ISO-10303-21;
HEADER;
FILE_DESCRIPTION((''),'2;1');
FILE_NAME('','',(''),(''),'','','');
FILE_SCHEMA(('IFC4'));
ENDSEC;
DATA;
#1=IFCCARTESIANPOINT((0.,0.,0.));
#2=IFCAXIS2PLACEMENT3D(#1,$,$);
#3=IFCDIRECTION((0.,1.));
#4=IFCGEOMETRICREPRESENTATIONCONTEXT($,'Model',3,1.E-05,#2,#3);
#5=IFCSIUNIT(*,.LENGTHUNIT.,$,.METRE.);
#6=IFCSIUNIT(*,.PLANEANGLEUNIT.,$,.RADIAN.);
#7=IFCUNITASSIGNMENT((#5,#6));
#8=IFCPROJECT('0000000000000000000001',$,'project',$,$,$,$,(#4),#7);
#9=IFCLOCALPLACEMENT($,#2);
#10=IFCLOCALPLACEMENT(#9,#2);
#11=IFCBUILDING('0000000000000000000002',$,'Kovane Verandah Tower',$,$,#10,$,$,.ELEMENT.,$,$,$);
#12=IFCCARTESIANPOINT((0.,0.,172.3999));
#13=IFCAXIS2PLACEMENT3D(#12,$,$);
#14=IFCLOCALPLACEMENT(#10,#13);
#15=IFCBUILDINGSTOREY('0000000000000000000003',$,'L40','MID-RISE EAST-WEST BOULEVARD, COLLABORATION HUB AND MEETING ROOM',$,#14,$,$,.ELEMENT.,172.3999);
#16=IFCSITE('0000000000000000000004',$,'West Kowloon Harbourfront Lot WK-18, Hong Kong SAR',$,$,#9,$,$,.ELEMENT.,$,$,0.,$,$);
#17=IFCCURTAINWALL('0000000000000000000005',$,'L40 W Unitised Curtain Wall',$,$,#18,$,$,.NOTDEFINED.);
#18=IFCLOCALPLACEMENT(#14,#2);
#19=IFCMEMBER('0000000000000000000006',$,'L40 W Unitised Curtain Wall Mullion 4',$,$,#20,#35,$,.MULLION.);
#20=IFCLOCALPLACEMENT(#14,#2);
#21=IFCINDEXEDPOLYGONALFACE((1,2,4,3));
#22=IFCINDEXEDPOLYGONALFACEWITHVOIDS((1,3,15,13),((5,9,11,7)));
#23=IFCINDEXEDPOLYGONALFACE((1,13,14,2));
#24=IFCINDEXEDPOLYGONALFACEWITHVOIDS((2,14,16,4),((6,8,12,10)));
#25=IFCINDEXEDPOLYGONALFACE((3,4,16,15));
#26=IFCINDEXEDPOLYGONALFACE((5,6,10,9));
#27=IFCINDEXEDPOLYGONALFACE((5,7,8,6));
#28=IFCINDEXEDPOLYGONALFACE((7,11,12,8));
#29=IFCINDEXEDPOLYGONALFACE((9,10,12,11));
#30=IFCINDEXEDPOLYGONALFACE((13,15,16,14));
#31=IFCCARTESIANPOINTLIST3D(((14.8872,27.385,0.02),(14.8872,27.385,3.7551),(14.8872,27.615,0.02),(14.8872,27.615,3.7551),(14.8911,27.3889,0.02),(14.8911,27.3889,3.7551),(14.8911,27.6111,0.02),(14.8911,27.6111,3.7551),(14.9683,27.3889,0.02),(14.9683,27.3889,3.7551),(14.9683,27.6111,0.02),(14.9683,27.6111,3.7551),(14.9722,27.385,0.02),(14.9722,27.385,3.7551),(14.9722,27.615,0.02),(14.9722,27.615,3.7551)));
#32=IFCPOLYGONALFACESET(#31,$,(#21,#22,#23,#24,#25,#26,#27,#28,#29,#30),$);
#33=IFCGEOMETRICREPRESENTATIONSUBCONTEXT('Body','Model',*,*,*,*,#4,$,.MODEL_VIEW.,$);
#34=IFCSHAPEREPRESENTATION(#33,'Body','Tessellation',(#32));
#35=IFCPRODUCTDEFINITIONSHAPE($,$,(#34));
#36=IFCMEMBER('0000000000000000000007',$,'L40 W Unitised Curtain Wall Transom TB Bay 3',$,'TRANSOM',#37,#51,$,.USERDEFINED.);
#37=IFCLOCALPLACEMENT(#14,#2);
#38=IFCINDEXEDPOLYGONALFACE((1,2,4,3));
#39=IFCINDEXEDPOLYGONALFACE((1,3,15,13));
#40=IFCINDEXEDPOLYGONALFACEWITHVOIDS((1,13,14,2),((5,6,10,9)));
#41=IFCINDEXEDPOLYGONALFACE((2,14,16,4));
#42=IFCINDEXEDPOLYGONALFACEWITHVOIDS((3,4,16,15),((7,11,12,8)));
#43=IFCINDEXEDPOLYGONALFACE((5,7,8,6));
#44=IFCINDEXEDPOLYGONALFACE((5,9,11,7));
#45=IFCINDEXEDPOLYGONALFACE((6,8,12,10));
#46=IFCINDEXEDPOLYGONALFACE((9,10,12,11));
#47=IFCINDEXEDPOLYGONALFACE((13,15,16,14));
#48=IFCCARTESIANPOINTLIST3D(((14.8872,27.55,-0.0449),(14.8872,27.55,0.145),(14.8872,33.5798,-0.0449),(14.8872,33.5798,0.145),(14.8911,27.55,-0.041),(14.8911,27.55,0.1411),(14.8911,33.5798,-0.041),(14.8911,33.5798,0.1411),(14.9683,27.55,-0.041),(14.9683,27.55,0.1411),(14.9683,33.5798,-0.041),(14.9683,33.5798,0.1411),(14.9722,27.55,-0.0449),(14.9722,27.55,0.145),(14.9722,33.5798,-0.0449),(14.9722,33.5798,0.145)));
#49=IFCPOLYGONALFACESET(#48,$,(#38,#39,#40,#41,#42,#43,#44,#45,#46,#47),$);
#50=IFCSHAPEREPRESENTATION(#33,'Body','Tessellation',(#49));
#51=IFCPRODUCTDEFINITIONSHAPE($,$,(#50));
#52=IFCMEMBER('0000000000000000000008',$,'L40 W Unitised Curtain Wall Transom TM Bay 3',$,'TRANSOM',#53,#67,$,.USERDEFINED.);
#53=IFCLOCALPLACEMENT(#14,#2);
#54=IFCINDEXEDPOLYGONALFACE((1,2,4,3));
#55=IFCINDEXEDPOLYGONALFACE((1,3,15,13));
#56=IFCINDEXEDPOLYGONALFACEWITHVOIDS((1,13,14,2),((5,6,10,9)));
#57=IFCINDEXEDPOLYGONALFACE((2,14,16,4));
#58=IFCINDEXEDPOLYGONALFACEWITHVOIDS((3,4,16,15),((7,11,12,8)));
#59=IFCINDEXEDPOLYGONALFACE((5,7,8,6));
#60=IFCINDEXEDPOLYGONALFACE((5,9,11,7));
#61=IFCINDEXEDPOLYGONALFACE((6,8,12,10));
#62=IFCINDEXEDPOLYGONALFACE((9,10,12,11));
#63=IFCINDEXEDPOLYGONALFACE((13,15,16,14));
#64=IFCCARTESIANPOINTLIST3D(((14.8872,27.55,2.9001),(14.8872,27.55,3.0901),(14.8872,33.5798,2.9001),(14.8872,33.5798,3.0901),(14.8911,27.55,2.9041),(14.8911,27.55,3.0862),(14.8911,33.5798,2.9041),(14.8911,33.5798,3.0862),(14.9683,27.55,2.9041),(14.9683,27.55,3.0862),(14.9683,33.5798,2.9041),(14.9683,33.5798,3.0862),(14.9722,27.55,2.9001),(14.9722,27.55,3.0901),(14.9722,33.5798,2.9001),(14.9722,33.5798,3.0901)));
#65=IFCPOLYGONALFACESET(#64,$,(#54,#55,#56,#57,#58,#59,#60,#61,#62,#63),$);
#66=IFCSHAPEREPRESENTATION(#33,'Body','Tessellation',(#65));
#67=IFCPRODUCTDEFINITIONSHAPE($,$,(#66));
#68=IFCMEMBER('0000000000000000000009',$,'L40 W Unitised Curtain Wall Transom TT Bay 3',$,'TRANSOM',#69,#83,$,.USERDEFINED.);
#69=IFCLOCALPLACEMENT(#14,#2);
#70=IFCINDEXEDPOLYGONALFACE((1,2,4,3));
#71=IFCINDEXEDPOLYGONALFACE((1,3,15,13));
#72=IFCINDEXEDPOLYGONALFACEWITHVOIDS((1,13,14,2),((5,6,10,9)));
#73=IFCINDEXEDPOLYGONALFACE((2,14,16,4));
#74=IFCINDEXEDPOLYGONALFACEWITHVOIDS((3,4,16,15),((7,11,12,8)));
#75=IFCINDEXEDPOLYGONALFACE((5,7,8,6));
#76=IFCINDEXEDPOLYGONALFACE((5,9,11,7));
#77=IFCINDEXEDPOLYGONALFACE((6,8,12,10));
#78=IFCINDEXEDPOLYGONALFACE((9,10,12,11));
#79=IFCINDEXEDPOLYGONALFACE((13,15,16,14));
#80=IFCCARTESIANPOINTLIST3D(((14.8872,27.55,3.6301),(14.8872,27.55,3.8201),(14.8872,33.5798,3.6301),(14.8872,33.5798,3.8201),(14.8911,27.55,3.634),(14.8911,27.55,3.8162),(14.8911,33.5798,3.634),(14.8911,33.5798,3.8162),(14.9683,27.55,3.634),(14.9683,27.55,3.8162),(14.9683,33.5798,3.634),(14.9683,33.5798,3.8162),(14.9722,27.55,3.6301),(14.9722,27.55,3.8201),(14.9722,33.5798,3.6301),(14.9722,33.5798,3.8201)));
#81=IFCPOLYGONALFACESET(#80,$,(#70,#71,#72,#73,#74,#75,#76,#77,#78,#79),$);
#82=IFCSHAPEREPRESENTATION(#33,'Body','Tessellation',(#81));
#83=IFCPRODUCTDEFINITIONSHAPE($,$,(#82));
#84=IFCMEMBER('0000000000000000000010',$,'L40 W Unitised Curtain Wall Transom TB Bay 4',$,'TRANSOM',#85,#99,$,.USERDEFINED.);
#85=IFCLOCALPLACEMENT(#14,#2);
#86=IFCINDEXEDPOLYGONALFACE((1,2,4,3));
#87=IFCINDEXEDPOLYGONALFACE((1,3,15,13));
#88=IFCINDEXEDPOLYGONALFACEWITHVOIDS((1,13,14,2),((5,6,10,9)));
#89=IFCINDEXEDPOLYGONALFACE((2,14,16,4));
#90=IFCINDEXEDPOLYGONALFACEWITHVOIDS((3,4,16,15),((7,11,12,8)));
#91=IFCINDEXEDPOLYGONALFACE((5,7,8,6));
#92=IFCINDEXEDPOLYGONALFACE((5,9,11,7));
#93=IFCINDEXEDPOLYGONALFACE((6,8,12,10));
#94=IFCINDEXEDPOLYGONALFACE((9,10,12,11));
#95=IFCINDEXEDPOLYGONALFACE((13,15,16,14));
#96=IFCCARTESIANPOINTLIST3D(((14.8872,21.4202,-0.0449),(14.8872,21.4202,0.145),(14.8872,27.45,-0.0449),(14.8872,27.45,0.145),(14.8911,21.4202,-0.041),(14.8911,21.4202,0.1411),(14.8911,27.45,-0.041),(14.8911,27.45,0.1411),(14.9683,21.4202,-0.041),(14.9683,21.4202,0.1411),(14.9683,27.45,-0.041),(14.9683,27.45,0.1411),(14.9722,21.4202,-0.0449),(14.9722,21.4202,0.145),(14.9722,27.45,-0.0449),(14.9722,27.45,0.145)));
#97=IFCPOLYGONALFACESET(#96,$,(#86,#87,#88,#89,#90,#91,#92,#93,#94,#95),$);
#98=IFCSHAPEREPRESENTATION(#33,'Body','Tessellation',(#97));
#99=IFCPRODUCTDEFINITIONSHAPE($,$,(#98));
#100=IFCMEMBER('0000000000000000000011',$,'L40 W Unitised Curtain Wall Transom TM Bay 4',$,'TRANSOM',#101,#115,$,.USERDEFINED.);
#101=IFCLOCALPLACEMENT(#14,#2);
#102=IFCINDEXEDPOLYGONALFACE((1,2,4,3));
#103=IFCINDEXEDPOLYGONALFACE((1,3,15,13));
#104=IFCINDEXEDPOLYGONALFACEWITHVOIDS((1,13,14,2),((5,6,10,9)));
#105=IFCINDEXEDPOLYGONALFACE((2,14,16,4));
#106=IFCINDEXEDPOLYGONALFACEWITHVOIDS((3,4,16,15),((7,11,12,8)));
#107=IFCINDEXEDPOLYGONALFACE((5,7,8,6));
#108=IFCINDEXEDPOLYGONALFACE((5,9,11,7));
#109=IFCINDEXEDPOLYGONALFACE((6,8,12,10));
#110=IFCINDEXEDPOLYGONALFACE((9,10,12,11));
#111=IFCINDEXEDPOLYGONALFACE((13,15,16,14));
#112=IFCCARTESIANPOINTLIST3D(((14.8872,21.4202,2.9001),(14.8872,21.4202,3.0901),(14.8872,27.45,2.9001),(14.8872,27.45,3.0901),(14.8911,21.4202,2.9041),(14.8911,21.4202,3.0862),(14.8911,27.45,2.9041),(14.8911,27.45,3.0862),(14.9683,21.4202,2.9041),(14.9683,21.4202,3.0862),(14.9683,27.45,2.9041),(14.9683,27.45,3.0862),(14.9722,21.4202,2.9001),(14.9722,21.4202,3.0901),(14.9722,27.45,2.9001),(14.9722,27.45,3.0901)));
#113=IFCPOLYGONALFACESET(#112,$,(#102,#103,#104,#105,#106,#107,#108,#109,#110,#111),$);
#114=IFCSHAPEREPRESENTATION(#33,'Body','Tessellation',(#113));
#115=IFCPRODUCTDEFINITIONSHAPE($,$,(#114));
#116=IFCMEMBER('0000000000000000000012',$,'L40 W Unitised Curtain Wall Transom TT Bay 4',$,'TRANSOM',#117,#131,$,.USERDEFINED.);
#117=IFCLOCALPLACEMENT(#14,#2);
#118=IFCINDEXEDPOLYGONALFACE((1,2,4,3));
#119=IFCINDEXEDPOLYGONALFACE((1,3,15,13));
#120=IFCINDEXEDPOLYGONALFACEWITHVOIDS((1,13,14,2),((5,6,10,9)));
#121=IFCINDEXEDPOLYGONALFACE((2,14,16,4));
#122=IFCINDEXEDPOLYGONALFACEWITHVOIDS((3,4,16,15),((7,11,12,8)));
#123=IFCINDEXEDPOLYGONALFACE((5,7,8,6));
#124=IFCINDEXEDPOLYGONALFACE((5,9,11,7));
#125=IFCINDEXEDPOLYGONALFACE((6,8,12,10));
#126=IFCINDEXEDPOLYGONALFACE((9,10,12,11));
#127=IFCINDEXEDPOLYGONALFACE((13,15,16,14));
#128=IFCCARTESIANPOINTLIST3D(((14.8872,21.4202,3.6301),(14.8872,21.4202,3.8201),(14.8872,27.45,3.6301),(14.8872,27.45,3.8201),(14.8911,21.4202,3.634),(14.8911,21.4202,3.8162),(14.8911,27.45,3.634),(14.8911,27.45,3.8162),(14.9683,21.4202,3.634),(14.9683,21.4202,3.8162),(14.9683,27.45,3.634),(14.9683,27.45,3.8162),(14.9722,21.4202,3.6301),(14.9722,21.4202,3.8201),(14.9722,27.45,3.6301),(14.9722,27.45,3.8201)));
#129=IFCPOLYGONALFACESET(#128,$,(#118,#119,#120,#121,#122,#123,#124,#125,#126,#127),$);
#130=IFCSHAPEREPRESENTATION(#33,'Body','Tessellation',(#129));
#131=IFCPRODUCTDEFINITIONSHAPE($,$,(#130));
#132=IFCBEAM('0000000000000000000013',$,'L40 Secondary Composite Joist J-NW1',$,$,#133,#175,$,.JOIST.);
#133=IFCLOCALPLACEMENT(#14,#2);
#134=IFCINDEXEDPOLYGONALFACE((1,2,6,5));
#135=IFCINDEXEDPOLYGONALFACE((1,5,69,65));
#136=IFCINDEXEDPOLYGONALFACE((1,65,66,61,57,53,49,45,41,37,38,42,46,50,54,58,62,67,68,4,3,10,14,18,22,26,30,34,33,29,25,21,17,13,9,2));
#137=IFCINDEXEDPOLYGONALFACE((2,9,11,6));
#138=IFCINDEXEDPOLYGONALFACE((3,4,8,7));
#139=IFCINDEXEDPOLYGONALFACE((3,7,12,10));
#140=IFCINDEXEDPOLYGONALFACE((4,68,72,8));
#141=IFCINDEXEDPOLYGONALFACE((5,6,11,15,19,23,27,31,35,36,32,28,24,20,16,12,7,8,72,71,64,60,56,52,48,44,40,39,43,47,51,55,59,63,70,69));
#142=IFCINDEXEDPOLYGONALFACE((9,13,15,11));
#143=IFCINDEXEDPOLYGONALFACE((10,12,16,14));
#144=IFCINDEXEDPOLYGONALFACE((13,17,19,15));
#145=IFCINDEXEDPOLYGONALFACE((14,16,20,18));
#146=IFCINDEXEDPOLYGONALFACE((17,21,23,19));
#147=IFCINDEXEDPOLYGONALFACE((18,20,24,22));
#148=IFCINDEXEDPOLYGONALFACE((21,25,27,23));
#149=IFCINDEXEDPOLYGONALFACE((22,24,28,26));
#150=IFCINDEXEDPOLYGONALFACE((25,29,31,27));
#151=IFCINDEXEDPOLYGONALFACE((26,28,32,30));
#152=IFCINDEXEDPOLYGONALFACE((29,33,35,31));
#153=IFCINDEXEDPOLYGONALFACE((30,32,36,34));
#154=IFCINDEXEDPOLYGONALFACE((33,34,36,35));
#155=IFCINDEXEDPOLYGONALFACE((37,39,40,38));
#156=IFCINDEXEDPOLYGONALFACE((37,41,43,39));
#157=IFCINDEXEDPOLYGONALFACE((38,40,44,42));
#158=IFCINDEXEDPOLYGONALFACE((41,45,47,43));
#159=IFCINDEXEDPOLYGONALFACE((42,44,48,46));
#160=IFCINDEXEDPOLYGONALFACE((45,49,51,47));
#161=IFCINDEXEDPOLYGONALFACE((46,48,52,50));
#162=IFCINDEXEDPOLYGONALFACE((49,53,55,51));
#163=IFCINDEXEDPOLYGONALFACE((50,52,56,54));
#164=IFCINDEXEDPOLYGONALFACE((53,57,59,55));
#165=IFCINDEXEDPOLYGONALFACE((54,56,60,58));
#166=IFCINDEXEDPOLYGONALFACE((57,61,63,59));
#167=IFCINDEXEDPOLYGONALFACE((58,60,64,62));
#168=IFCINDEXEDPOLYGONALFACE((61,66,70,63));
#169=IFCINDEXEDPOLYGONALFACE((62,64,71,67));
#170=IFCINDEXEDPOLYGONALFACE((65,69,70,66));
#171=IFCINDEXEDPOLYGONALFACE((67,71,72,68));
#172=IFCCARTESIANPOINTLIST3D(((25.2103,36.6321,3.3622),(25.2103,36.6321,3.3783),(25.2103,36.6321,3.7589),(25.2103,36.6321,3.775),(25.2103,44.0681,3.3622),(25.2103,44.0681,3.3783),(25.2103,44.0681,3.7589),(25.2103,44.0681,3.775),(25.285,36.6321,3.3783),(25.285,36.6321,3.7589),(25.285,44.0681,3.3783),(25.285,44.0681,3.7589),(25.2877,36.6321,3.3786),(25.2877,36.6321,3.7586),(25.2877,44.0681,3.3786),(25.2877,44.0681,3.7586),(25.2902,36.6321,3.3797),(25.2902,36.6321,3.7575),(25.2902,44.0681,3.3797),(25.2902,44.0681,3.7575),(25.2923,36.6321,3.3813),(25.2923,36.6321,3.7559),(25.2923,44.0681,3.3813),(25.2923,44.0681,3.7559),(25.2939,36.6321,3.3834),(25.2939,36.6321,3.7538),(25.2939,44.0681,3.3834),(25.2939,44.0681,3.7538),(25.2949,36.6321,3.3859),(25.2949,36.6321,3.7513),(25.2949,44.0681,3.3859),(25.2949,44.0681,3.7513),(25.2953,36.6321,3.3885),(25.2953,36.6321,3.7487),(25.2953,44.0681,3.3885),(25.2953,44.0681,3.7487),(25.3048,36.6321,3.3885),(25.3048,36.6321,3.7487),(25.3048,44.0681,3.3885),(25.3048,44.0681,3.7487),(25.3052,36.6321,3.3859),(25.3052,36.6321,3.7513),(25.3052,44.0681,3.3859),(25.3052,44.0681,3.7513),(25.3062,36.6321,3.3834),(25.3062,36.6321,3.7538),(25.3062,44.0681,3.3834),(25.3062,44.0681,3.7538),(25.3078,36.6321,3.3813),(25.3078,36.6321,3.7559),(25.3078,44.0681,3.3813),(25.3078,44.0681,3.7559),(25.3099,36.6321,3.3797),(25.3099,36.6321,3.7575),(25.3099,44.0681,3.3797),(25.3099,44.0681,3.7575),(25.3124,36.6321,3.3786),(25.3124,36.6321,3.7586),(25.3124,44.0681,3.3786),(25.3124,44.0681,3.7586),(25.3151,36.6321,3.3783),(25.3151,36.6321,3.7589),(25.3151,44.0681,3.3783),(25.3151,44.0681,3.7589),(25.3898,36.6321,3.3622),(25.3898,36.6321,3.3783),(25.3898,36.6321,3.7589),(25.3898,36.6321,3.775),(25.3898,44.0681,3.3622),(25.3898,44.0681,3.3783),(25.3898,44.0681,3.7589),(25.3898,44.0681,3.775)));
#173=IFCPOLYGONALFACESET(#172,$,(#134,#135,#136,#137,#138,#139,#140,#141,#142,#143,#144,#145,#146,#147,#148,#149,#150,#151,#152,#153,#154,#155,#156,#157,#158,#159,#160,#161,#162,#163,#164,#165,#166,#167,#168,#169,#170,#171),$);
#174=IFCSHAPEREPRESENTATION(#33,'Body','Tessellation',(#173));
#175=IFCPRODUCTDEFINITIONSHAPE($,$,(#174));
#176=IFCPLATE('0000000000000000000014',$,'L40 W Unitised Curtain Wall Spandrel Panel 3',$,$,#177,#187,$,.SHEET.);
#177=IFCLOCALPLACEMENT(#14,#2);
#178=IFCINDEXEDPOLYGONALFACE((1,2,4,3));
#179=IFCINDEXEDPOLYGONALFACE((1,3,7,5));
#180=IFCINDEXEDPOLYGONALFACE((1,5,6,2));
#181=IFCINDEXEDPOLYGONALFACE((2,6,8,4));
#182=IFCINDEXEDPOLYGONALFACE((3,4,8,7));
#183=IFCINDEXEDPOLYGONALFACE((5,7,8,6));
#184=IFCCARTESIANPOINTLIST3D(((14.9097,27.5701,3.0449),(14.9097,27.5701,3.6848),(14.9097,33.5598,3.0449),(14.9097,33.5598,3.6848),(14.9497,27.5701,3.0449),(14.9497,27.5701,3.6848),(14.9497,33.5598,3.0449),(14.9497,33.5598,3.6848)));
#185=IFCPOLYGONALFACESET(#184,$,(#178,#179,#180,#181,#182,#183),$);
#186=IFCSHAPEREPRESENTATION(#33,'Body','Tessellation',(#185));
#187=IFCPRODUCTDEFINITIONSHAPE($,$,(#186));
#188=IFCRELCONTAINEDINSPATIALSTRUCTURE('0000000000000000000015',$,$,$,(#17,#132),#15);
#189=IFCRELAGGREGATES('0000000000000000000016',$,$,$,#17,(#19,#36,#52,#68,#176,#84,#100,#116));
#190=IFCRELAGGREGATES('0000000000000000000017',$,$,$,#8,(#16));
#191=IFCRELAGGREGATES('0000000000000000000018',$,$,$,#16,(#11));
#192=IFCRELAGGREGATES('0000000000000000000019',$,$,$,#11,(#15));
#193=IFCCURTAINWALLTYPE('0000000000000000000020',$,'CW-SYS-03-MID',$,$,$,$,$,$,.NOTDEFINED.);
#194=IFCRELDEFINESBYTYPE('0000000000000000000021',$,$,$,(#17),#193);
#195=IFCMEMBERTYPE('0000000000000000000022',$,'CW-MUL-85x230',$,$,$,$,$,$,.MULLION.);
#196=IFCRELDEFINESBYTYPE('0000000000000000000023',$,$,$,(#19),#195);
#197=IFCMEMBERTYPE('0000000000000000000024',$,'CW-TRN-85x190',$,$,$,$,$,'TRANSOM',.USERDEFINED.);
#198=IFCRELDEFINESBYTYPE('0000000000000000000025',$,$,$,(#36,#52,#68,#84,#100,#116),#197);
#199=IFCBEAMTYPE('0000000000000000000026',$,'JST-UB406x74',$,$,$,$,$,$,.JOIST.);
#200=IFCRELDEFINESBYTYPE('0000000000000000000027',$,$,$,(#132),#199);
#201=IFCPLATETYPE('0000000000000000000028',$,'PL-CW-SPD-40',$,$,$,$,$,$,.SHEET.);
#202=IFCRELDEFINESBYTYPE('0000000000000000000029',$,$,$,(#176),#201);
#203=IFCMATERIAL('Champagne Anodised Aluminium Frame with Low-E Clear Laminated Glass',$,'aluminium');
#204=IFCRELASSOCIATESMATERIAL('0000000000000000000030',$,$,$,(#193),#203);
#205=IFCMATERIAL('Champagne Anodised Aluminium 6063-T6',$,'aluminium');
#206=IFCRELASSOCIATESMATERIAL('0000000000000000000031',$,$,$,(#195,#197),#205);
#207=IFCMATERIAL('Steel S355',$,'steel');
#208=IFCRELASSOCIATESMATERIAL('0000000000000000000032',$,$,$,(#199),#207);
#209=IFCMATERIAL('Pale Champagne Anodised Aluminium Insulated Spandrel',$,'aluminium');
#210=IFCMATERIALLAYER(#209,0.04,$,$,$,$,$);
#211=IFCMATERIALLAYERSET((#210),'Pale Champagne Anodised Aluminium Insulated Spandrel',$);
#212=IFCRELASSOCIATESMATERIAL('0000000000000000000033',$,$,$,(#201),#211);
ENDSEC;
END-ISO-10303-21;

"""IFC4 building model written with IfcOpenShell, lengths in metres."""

from ifc_helpers import new_model, si_unit, direction, frame, origin, origin_2d, place, context, subcontext, project, spatial, rectangle, hollow_rectangle, i_section, extrude, material, layer, layer_set, material_profile, profile_set, type_object, element, aggregate, save


model = new_model("IFC4")

# Units and contexts
model_context = context("Model", 3, precision=1e-05, world=origin(), true_north=direction((0.0, 1.0)))
body_context = subcontext(model_context, "Body", "Model", "MODEL_VIEW")
ifc_project = project(units=[si_unit("LENGTHUNIT", "METRE"), si_unit("PLANEANGLEUNIT", "RADIAN")], contexts=[model_context])

# Site, building, storey
site_placement = place(None, origin())
site = spatial("IfcSite", under=ifc_project, at=site_placement, Name="West Kowloon Harbourfront Lot WK-18, Hong Kong SAR", CompositionType="ELEMENT", RefElevation=0.0)
building_placement = place(site_placement, origin())
building = spatial("IfcBuilding", under=site, at=building_placement, Name="Kovane Verandah Tower", CompositionType="ELEMENT")
storey_placement = place(building_placement, frame((0.0, 0.0, 172.3999)))
storey = spatial("IfcBuildingStorey", under=building, at=storey_placement, Name="L40", Description="MID-RISE EAST-WEST BOULEVARD, COLLABORATION HUB AND MEETING ROOM", CompositionType="ELEMENT", Elevation=172.3999)

# Shared definitions
ifc_material_1 = material(Name="Steel S355", Category="steel")

# Curtain wall, members
ifc_material_2 = material(Name="Champagne Anodised Aluminium Frame with Low-E Clear Laminated Glass", Category="aluminium")
curtain_wall_type = type_object("IfcCurtainWallType", Name="CW-SYS-03-MID", PredefinedType="NOTDEFINED", material=ifc_material_2)
curtain_wall_placement = place(storey_placement, origin())
curtain_wall = element("IfcCurtainWall", 1, at=curtain_wall_placement, inside=storey, type_object=curtain_wall_type, Name="L40 W Unitised Curtain Wall", PredefinedType="NOTDEFINED")
ifc_material_3 = material(Name="Champagne Anodised Aluminium 6063-T6", Category="aluminium")
ifc_material_profile_1 = material_profile(ifc_material_3, hollow_rectangle(XDim=0.085, YDim=0.23, WallThickness=0.0039, at=origin_2d()), Name="AL85x230x4")
ifc_profile_set_1 = profile_set([ifc_material_profile_1], Name="Champagne Anodised Aluminium 6063-T6")
member_type_1 = type_object("IfcMemberType", Name="CW-MUL-85x230", PredefinedType="MULLION", material=ifc_profile_set_1)
member_1_placement = place(storey_placement, frame((14.9297, 27.5, 0.02), z_axis=(0.0, 0.0, 1.0), x_axis=(-1.0, 0.0, 0.0)))
member_1 = element("IfcMember", 2, at=member_1_placement, type_object=member_type_1, Name="L40 W Unitised Curtain Wall Mullion 4", PredefinedType="MULLION", context=body_context, shape_type="SweptSolid", body=[
    extrude(hollow_rectangle(XDim=0.085, YDim=0.23, WallThickness=0.0039, at=origin_2d()), origin(), (0.0, 0.0, 1.0), 3.7351),
])
ifc_material_profile_2 = material_profile(ifc_material_3, hollow_rectangle(XDim=0.085, YDim=0.1899, WallThickness=0.0039, at=origin_2d()), Name="AL85x190x4")
ifc_profile_set_2 = profile_set([ifc_material_profile_2], Name="Champagne Anodised Aluminium 6063-T6")
member_type_2 = type_object("IfcMemberType", Name="CW-TRN-85x190", ElementType="TRANSOM", PredefinedType="USERDEFINED", material=ifc_profile_set_2)
member_2_placement = place(storey_placement, frame((14.9297, 33.5798, 0.05), z_axis=(0.0, -1.0, 0.0), x_axis=(1.0, 0.0, 0.0)))
member_2 = element("IfcMember", 3, at=member_2_placement, type_object=member_type_2, Name="L40 W Unitised Curtain Wall Transom TB Bay 3", ObjectType="TRANSOM", PredefinedType="USERDEFINED", context=body_context, shape_type="SweptSolid", body=[
    extrude(hollow_rectangle(XDim=0.085, YDim=0.1899, WallThickness=0.0039, at=origin_2d()), origin(), (0.0, 0.0, 1.0), 6.0298),
])
member_3_placement = place(storey_placement, frame((14.9297, 33.5798, 2.9951), z_axis=(0.0, -1.0, 0.0), x_axis=(1.0, 0.0, 0.0)))
member_3 = element("IfcMember", 4, at=member_3_placement, type_object=member_type_2, Name="L40 W Unitised Curtain Wall Transom TM Bay 3", ObjectType="TRANSOM", PredefinedType="USERDEFINED", context=body_context, shape_type="SweptSolid", body=[
    extrude(hollow_rectangle(XDim=0.085, YDim=0.1899, WallThickness=0.0039, at=origin_2d()), origin(), (0.0, 0.0, 1.0), 6.0298),
])
member_4_placement = place(storey_placement, frame((14.9297, 33.5798, 3.7251), z_axis=(0.0, -1.0, 0.0), x_axis=(1.0, 0.0, 0.0)))
member_4 = element("IfcMember", 5, at=member_4_placement, type_object=member_type_2, Name="L40 W Unitised Curtain Wall Transom TT Bay 3", ObjectType="TRANSOM", PredefinedType="USERDEFINED", context=body_context, shape_type="SweptSolid", body=[
    extrude(hollow_rectangle(XDim=0.085, YDim=0.1899, WallThickness=0.0039, at=origin_2d()), origin(), (0.0, 0.0, 1.0), 6.0298),
])
member_5_placement = place(storey_placement, frame((14.9297, 27.45, 0.05), z_axis=(0.0, -1.0, 0.0), x_axis=(1.0, 0.0, 0.0)))
member_5 = element("IfcMember", 6, at=member_5_placement, type_object=member_type_2, Name="L40 W Unitised Curtain Wall Transom TB Bay 4", ObjectType="TRANSOM", PredefinedType="USERDEFINED", context=body_context, shape_type="SweptSolid", body=[
    extrude(hollow_rectangle(XDim=0.085, YDim=0.1899, WallThickness=0.0039, at=origin_2d()), origin(), (0.0, 0.0, 1.0), 6.0298),
])
member_6_placement = place(storey_placement, frame((14.9297, 27.45, 2.9951), z_axis=(0.0, -1.0, 0.0), x_axis=(1.0, 0.0, 0.0)))
member_6 = element("IfcMember", 7, at=member_6_placement, type_object=member_type_2, Name="L40 W Unitised Curtain Wall Transom TM Bay 4", ObjectType="TRANSOM", PredefinedType="USERDEFINED", context=body_context, shape_type="SweptSolid", body=[
    extrude(hollow_rectangle(XDim=0.085, YDim=0.1899, WallThickness=0.0039, at=origin_2d()), origin(), (0.0, 0.0, 1.0), 6.0298),
])
member_7_placement = place(storey_placement, frame((14.9297, 27.45, 3.7251), z_axis=(0.0, -1.0, 0.0), x_axis=(1.0, 0.0, 0.0)))
member_7 = element("IfcMember", 8, at=member_7_placement, type_object=member_type_2, Name="L40 W Unitised Curtain Wall Transom TT Bay 4", ObjectType="TRANSOM", PredefinedType="USERDEFINED", context=body_context, shape_type="SweptSolid", body=[
    extrude(hollow_rectangle(XDim=0.085, YDim=0.1899, WallThickness=0.0039, at=origin_2d()), origin(), (0.0, 0.0, 1.0), 6.0298),
])

# Beam
ifc_material_profile_3 = material_profile(ifc_material_1, i_section(OverallWidth=0.1794, OverallDepth=0.4128, WebThickness=0.0095, FlangeThickness=0.0161, FilletRadius=0.0103, at=origin_2d()), Name="UB406x178x74")
ifc_profile_set_3 = profile_set([ifc_material_profile_3], Name="Steel S355")
beam_type_1 = type_object("IfcBeamType", Name="JST-UB406x74", PredefinedType="JOIST", material=ifc_profile_set_3)
beam_1_placement = place(storey_placement, frame((25.3, 36.6321, 3.5686), z_axis=(0.0, 1.0, 0.0), x_axis=(-1.0, 0.0, 0.0)))
element("IfcBeam", 9, at=beam_1_placement, inside=storey, type_object=beam_type_1, Name="L40 Secondary Composite Joist J-NW1", PredefinedType="JOIST", context=body_context, shape_type="SweptSolid", body=[
    extrude(i_section(OverallWidth=0.1794, OverallDepth=0.4128, WebThickness=0.0095, FlangeThickness=0.0161, FilletRadius=0.0103, at=origin_2d()), origin(), (0.0, 0.0, 1.0), 7.436),
])

# Plate
ifc_material_4 = material(Name="Pale Champagne Anodised Aluminium Insulated Spandrel", Category="aluminium")
ifc_layer_1 = layer(ifc_material_4, 0.04)
ifc_layer_set_1 = layer_set([ifc_layer_1], Name="Pale Champagne Anodised Aluminium Insulated Spandrel")
plate_type_1 = type_object("IfcPlateType", Name="PL-CW-SPD-40", PredefinedType="SHEET", material=ifc_layer_set_1)
plate_1_placement = place(storey_placement, frame((14.9297, 30.5649, 3.0449), z_axis=(0.0, 0.0, 1.0), x_axis=(0.0, -1.0, 0.0)))
plate_1 = element("IfcPlate", 10, at=plate_1_placement, type_object=plate_type_1, Name="L40 W Unitised Curtain Wall Spandrel Panel 3", PredefinedType="SHEET", context=body_context, shape_type="SweptSolid", body=[
    extrude(rectangle(XDim=5.9897, YDim=0.04, at=origin_2d()), origin(), (0.0, 0.0, 1.0), 0.6399),
])
aggregate(curtain_wall, [member_1, member_2, member_3, member_4, plate_1, member_5, member_6, member_7])

save(model, "model.ifc")
